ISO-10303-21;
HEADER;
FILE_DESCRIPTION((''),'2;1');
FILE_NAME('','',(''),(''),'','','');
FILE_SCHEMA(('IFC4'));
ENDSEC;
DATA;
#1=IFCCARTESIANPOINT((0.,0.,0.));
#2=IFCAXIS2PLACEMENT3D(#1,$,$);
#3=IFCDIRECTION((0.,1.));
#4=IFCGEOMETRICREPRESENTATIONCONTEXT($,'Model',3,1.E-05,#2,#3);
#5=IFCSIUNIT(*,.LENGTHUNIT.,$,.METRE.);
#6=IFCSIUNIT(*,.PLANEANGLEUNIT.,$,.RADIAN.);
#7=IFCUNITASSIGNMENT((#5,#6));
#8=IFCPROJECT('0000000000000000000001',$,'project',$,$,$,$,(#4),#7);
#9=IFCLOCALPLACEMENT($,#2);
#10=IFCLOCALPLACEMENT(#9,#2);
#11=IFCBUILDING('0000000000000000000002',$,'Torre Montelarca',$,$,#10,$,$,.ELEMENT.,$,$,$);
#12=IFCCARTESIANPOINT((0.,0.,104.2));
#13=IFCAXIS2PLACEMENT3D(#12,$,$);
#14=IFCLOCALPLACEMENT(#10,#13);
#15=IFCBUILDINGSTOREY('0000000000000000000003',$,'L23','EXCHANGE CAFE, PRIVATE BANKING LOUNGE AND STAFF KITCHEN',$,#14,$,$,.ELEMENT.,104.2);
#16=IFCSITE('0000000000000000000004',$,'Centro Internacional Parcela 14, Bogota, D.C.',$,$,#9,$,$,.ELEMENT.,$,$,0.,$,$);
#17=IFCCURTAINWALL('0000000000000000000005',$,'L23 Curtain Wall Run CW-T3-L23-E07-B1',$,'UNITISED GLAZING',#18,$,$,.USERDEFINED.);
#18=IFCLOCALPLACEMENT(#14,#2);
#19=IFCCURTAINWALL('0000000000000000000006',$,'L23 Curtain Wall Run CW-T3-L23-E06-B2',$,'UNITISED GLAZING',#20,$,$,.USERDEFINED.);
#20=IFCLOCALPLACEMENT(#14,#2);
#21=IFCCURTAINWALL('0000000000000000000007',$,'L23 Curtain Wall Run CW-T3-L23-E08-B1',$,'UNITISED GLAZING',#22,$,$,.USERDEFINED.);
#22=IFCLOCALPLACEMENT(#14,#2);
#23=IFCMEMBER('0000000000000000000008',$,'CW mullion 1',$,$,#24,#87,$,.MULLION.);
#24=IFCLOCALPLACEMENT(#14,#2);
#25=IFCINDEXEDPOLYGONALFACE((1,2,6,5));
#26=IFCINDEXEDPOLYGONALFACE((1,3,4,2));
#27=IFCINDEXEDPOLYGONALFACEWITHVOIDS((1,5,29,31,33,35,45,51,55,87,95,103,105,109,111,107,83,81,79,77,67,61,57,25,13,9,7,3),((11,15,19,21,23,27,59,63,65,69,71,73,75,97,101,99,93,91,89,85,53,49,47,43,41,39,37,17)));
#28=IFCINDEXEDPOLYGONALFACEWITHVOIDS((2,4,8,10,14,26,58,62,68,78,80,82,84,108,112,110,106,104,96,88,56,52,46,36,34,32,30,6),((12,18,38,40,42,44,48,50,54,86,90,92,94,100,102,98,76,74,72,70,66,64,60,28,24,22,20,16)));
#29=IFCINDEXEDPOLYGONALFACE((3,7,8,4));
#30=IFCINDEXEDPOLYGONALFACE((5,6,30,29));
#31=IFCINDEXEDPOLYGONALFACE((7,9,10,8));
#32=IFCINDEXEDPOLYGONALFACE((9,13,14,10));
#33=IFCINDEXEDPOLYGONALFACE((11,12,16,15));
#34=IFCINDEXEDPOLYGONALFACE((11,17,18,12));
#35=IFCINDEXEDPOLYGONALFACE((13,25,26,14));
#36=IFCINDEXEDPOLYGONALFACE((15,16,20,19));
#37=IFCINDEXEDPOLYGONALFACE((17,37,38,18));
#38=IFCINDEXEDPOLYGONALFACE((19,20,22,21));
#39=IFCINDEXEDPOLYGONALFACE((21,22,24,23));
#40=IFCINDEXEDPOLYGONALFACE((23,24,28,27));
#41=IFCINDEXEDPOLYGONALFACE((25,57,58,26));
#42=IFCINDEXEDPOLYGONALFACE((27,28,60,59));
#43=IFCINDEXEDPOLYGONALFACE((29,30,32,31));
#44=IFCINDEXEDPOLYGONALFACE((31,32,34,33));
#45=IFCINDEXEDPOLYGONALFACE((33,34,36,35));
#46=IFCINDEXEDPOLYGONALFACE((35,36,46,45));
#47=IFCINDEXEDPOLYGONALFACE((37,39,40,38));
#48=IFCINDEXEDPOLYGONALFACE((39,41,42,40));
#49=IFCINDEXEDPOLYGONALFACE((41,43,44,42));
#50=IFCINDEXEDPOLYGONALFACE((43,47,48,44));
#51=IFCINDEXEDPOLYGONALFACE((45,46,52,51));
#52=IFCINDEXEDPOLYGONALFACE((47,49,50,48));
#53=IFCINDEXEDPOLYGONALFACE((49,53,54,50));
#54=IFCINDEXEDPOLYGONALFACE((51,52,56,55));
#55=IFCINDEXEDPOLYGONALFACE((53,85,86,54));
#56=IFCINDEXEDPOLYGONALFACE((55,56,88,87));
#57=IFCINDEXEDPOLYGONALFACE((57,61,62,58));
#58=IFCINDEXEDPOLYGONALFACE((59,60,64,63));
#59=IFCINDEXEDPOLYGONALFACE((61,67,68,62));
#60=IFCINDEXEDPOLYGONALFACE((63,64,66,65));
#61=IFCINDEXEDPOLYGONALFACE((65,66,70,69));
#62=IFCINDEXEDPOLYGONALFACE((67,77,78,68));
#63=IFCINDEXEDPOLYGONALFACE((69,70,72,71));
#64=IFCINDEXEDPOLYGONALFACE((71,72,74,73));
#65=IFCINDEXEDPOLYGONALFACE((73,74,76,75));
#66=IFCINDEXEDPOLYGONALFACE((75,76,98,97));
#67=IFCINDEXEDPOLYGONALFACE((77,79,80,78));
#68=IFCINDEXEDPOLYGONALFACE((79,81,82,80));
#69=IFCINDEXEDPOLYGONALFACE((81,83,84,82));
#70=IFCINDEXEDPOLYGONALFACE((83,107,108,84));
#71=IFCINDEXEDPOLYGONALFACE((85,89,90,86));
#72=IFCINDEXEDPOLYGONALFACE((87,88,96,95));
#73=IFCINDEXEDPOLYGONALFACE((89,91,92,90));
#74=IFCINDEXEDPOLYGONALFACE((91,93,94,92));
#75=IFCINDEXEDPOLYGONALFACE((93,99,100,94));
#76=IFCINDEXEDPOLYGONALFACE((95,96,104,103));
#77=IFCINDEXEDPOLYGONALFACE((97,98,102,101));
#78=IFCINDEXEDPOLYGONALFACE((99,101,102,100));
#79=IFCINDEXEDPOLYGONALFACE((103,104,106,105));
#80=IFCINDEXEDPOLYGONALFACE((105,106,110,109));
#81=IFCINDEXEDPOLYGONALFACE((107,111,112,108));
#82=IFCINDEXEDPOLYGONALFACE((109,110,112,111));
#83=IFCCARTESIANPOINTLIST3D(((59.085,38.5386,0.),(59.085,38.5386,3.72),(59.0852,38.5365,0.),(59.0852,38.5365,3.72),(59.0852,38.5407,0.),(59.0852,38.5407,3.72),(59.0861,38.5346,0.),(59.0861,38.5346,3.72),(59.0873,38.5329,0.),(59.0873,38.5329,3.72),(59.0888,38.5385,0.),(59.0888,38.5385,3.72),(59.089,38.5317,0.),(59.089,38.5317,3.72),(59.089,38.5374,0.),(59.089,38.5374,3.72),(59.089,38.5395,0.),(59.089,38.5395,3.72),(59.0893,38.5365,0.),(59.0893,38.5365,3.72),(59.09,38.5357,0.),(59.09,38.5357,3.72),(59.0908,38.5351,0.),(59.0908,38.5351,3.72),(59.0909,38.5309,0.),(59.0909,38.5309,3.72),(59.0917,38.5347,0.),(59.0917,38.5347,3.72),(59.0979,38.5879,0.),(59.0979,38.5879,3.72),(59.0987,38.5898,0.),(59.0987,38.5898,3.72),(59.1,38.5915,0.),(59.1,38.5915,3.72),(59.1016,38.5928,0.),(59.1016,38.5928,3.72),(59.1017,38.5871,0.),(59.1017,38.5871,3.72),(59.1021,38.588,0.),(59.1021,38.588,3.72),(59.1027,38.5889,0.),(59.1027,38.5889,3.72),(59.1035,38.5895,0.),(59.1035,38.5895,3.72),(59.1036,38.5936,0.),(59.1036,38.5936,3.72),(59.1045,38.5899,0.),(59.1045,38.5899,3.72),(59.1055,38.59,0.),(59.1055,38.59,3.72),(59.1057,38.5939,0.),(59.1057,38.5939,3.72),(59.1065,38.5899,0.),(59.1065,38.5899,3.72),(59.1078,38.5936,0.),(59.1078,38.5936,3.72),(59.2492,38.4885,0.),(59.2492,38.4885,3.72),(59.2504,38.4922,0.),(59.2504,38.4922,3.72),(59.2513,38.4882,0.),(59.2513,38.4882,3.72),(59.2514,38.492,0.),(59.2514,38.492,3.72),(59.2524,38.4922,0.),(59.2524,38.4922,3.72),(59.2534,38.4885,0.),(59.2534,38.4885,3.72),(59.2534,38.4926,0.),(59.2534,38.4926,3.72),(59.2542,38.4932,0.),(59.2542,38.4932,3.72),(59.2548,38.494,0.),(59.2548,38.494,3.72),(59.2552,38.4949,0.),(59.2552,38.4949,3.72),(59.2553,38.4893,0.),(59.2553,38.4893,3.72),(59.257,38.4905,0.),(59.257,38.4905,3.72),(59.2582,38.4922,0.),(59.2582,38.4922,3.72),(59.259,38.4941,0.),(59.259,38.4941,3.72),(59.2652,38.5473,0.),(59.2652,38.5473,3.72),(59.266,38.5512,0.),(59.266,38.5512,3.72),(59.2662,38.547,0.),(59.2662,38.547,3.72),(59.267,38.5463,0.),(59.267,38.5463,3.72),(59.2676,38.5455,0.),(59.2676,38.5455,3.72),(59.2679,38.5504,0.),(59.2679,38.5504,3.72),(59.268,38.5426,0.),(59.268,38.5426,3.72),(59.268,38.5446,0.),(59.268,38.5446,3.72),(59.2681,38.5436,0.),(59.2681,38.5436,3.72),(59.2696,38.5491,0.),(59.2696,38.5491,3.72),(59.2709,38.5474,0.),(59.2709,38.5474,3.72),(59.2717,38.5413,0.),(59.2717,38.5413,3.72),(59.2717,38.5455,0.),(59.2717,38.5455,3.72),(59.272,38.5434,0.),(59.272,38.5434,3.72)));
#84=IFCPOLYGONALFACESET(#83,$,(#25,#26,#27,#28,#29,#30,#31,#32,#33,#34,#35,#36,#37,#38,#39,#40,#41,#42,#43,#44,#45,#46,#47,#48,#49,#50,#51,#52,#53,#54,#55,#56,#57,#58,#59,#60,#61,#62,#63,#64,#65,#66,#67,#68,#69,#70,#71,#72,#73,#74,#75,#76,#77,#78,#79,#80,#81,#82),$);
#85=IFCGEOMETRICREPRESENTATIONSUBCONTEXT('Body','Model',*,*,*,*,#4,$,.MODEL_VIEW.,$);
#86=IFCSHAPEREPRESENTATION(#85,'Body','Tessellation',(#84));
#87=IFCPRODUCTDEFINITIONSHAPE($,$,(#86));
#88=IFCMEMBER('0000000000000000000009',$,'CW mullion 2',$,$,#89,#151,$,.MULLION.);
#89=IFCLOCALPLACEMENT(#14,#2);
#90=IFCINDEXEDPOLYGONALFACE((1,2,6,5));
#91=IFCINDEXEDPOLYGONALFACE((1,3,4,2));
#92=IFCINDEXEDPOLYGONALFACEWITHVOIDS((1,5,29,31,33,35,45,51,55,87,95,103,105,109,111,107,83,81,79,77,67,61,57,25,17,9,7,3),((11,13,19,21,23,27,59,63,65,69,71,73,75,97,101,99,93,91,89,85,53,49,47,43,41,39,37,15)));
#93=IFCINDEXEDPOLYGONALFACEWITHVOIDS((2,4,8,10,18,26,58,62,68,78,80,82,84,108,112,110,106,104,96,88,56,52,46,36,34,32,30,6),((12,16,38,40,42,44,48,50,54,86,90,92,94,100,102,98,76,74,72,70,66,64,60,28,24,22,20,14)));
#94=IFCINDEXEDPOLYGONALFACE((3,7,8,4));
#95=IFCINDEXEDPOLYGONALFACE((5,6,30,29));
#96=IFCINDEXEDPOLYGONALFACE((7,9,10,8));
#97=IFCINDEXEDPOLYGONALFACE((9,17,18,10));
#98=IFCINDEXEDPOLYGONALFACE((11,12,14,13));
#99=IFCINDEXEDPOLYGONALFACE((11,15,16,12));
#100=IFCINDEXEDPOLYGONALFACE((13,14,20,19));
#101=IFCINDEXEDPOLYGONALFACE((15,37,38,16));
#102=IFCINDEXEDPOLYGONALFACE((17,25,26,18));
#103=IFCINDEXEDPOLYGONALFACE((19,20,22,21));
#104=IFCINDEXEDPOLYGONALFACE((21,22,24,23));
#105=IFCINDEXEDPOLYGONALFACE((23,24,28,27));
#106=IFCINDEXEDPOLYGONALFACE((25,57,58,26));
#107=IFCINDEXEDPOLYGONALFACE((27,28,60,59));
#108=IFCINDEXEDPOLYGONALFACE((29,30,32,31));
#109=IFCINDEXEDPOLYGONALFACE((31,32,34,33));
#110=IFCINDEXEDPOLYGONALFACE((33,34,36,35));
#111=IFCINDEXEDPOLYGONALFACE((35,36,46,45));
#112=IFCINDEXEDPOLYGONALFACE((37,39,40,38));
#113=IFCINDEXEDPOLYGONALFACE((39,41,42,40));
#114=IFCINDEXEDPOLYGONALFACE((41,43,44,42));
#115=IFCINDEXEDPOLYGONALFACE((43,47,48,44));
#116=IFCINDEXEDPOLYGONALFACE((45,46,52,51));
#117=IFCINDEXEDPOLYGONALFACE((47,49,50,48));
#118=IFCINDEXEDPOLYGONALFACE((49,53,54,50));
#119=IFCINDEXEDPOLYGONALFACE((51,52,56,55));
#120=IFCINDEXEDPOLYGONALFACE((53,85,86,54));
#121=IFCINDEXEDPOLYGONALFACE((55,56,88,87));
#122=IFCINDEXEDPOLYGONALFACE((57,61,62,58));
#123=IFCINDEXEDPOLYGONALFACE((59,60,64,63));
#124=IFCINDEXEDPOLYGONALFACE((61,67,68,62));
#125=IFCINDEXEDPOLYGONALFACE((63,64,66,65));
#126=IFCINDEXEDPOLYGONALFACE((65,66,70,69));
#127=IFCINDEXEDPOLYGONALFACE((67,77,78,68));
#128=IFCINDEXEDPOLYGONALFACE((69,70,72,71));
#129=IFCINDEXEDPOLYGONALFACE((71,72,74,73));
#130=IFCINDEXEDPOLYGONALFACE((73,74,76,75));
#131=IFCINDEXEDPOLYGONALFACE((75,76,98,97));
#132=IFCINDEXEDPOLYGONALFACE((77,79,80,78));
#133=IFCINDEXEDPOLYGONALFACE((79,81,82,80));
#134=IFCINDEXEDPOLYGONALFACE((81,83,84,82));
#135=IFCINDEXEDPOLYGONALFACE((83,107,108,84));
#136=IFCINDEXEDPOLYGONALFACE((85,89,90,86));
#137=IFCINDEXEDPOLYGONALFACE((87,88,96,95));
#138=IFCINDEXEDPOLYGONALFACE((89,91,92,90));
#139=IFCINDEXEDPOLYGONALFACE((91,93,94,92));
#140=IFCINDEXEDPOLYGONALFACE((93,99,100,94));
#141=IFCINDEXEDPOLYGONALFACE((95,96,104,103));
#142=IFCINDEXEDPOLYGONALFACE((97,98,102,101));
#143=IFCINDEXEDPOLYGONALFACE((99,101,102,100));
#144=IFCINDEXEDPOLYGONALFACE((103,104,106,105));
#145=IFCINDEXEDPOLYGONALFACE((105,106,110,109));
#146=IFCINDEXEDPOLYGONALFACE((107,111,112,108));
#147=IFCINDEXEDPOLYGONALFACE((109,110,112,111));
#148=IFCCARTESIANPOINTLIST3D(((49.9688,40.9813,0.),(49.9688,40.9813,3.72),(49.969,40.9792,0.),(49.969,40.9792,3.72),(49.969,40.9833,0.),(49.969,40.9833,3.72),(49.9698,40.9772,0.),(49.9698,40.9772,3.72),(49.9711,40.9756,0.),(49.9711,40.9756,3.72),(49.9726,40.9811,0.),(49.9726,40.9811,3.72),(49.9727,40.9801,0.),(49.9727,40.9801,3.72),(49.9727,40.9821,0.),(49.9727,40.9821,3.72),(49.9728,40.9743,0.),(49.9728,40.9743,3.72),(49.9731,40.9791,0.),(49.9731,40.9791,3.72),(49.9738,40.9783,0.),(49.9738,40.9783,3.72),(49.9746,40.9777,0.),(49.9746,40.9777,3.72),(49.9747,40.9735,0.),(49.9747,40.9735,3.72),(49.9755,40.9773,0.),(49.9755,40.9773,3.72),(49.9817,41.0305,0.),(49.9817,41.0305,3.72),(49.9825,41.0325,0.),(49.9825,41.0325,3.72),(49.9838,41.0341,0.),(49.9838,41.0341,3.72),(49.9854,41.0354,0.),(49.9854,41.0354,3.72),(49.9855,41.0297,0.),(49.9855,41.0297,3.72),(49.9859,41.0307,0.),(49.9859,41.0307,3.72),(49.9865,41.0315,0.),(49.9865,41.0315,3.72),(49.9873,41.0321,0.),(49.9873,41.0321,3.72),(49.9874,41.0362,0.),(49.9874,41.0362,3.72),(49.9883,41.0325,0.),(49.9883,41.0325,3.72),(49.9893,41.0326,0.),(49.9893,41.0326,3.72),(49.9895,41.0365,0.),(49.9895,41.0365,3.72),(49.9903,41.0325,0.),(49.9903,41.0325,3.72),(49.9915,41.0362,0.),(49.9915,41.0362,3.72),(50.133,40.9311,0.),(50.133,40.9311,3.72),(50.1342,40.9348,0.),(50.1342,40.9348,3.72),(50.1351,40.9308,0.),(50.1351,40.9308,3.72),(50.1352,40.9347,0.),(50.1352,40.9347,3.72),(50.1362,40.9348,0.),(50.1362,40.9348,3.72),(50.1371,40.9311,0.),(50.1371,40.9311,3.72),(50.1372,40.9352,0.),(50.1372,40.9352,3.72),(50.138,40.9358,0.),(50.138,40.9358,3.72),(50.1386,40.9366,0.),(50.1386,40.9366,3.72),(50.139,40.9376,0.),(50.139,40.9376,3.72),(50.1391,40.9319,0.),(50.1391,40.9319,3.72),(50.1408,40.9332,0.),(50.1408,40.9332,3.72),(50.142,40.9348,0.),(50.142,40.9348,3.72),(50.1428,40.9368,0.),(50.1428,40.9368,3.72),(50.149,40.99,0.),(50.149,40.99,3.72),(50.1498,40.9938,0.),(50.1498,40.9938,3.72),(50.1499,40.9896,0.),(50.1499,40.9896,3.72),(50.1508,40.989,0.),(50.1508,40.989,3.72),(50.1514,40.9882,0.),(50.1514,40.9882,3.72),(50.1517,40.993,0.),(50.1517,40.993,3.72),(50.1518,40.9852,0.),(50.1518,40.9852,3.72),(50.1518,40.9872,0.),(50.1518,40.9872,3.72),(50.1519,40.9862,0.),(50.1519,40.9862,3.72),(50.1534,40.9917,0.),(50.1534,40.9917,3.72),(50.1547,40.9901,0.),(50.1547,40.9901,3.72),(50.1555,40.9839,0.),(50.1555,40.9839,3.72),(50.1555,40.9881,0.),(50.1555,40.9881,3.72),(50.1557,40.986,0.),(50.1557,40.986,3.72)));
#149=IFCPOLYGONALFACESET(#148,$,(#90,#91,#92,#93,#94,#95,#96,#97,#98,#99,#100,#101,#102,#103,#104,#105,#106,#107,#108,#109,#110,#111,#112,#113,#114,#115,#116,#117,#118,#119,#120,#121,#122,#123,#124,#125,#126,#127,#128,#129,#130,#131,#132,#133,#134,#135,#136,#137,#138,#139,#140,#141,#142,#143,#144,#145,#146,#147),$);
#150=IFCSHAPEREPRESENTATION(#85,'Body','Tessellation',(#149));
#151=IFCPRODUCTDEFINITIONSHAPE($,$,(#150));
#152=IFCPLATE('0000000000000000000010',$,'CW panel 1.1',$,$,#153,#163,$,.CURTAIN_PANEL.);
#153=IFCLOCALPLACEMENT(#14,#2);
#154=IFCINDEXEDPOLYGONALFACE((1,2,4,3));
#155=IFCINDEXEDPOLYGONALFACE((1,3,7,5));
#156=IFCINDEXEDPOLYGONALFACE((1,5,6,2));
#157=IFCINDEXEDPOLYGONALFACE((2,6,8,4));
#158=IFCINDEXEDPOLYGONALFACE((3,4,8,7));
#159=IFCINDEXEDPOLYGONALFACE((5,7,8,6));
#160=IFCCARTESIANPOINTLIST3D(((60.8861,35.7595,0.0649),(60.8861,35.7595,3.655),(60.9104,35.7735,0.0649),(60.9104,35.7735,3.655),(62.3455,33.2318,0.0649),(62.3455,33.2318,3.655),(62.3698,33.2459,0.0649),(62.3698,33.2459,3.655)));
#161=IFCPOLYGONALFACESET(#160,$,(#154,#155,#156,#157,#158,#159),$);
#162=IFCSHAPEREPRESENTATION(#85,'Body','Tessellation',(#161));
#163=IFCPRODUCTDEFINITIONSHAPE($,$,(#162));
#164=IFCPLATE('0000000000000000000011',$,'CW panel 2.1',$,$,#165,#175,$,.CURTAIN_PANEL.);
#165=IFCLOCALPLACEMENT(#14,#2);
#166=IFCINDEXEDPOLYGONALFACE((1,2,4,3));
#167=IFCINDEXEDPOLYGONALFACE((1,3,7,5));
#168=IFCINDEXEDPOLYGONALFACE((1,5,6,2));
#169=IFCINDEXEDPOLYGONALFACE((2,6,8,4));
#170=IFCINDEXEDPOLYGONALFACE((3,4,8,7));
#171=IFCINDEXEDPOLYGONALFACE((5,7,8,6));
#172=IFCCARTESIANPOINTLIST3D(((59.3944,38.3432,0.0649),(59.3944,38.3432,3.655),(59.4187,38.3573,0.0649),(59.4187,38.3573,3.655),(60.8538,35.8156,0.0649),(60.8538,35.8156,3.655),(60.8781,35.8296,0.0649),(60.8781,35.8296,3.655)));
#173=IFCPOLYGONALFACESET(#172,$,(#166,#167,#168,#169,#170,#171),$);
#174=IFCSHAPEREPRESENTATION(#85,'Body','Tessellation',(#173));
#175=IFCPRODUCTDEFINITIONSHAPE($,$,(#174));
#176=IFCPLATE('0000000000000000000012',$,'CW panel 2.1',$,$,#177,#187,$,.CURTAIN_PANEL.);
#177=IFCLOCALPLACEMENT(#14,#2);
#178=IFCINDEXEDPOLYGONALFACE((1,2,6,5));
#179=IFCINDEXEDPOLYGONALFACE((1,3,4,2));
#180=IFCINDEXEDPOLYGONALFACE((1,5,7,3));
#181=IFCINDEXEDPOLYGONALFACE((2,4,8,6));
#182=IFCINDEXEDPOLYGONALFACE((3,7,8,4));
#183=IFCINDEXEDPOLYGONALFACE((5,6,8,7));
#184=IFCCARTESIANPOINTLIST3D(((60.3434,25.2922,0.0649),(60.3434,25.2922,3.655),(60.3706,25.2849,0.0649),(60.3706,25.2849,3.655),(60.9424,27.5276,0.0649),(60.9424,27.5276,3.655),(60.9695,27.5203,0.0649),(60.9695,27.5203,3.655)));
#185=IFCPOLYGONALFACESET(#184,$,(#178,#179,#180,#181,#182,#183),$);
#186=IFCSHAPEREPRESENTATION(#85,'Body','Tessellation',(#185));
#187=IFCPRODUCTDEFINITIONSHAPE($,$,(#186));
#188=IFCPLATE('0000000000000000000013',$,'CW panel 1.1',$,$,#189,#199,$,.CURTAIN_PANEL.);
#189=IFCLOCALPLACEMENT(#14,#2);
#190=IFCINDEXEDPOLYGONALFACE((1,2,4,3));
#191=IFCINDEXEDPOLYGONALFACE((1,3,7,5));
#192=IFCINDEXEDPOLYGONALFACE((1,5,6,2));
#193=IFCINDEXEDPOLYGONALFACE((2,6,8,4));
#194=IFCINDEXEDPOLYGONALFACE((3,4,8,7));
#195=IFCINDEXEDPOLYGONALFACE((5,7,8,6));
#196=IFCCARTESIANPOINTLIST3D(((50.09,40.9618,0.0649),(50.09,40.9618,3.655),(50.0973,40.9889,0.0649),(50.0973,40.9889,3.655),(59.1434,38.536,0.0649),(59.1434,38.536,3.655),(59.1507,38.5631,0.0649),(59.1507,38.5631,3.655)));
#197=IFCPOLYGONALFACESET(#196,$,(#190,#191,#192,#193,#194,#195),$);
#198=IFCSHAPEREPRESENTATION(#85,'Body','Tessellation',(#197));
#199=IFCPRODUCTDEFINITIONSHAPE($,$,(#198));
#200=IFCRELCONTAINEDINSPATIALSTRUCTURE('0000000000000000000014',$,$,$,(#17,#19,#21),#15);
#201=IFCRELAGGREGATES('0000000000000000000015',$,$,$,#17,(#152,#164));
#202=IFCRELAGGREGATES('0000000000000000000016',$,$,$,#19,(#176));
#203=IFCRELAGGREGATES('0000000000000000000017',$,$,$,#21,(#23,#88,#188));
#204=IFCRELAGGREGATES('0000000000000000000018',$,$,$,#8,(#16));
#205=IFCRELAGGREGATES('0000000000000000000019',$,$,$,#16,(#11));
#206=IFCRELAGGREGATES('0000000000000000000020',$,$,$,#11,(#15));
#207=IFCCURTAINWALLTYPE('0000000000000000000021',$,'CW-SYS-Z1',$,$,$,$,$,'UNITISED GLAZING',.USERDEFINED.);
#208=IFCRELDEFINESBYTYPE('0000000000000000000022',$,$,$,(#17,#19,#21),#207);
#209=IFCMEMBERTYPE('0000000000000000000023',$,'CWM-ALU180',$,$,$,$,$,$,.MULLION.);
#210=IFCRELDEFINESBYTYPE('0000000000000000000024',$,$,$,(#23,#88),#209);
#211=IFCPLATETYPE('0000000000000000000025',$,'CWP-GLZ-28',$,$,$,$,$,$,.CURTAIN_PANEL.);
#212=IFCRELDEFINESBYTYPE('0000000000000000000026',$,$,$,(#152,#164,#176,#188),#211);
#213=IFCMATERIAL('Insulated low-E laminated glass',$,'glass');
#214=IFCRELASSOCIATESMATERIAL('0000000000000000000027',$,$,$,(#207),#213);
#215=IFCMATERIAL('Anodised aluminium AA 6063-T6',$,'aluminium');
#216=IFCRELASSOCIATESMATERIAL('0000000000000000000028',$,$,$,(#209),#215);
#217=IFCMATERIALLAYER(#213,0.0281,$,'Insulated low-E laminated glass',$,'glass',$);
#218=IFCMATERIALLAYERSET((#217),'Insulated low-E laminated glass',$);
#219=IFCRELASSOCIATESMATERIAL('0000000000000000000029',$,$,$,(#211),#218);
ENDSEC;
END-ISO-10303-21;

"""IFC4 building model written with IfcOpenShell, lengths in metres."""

from ifc_helpers import new_model, si_unit, direction, frame, origin, origin_2d, place, context, subcontext, project, spatial, rectangle, hollow_rectangle, extrude, source, transform, mapped, material, layer, layer_set, material_profile, profile_set, type_object, element, aggregate, save


model = new_model("IFC4")

# Units and contexts
model_context = context("Model", 3, precision=1e-05, world=origin(), true_north=direction((0.0, 1.0)))
body_context = subcontext(model_context, "Body", "Model", "MODEL_VIEW")
ifc_project = project(units=[si_unit("LENGTHUNIT", "METRE"), si_unit("PLANEANGLEUNIT", "RADIAN")], contexts=[model_context])

# Site, building, storey
site_placement = place(None, origin())
site = spatial("IfcSite", under=ifc_project, at=site_placement, Name="Centro Internacional Parcela 14, Bogota, D.C.", CompositionType="ELEMENT", RefElevation=0.0)
building_placement = place(site_placement, origin())
building = spatial("IfcBuilding", under=site, at=building_placement, Name="Torre Montelarca", CompositionType="ELEMENT")
storey_placement = place(building_placement, frame((0.0, 0.0, 104.2)))
storey = spatial("IfcBuildingStorey", under=building, at=storey_placement, Name="L23", Description="EXCHANGE CAFE, PRIVATE BANKING LOUNGE AND STAFF KITCHEN", CompositionType="ELEMENT", Elevation=104.2)

# Curtain walls
ifc_material_1 = material(Name="Insulated low-E laminated glass", Category="glass")
curtain_wall_type = type_object("IfcCurtainWallType", Name="CW-SYS-Z1", ElementType="UNITISED GLAZING", PredefinedType="USERDEFINED", material=ifc_material_1)
curtain_wall_1_placement = place(storey_placement, origin())
curtain_wall_1 = element("IfcCurtainWall", 1, at=curtain_wall_1_placement, inside=storey, type_object=curtain_wall_type, Name="L23 Curtain Wall Run CW-T3-L23-E07-B1", ObjectType="UNITISED GLAZING", PredefinedType="USERDEFINED")
ifc_material_2 = material(Name="Anodised aluminium AA 6063-T6", Category="aluminium")
curtain_wall_2_placement = place(storey_placement, origin())
curtain_wall_2 = element("IfcCurtainWall", 2, at=curtain_wall_2_placement, inside=storey, type_object=curtain_wall_type, Name="L23 Curtain Wall Run CW-T3-L23-E06-B2", ObjectType="UNITISED GLAZING", PredefinedType="USERDEFINED")
curtain_wall_3_placement = place(storey_placement, origin())
curtain_wall_3 = element("IfcCurtainWall", 3, at=curtain_wall_3_placement, inside=storey, type_object=curtain_wall_type, Name="L23 Curtain Wall Run CW-T3-L23-E08-B1", ObjectType="UNITISED GLAZING", PredefinedType="USERDEFINED")

# Members
ifc_material_profile_1 = material_profile(ifc_material_2, hollow_rectangle(XDim=0.0649, YDim=0.1799, WallThickness=0.0039, InnerFilletRadius=0.0039, OuterFilletRadius=0.0081, at=origin_2d()), Name="ALU65X180X4", Category="aluminium")
ifc_profile_set_1 = profile_set([ifc_material_profile_1], Name="Anodised aluminium AA 6063-T6")
member_type_1 = type_object("IfcMemberType", Name="CWM-ALU180", PredefinedType="MULLION", material=ifc_profile_set_1)
shared_shape_1 = source(origin(), body_context, "Body", "SweptSolid", [
    extrude(hollow_rectangle(XDim=0.0649, YDim=0.1799, WallThickness=0.0039, InnerFilletRadius=0.0039, OuterFilletRadius=0.0081, at=origin_2d()), origin(), (0.0, 0.0, 1.0), 3.72),
])
member_1_placement = place(storey_placement, frame((59.1785, 38.541, 0.0), z_axis=(0.0, 0.0, 1.0), x_axis=(-0.25882, -0.965926, 0.0)))
member_1 = element("IfcMember", 4, at=member_1_placement, type_object=member_type_1, Name="CW mullion 1", PredefinedType="MULLION", context=body_context, shape_type="MappedRepresentation", body=[
    mapped(shared_shape_1, transform((0.0, 0.0, 0.0), scale=1.0)),
])
member_2_placement = place(storey_placement, frame((50.0623, 40.9836, 0.0), z_axis=(0.0, 0.0, 1.0), x_axis=(-0.25882, -0.965926, 0.0)))
member_2 = element("IfcMember", 5, at=member_2_placement, type_object=member_type_1, Name="CW mullion 2", PredefinedType="MULLION", context=body_context, shape_type="MappedRepresentation", body=[
    mapped(shared_shape_1, transform((0.0, 0.0, 0.0), scale=1.0)),
])

# Plates
ifc_layer_1 = layer(ifc_material_1, 0.0281, Name="Insulated low-E laminated glass", Category="glass")
ifc_layer_set_1 = layer_set([ifc_layer_1], Name="Insulated low-E laminated glass")
plate_type = type_object("IfcPlateType", Name="CWP-GLZ-28", PredefinedType="CURTAIN_PANEL", material=ifc_layer_set_1)
shared_shape_2 = source(origin(), body_context, "Body", "SweptSolid", [
    extrude(rectangle(XDim=2.9187, YDim=0.0281, at=origin_2d()), origin(), (0.0, 0.0, 1.0), 3.5901),
])
plate_1_placement = place(storey_placement, frame((61.6279, 34.5027, 0.0649), z_axis=(0.0, 0.0, 1.0), x_axis=(-0.500008, 0.866021, 0.0)))
plate_1 = element("IfcPlate", 6, at=plate_1_placement, type_object=plate_type, Name="CW panel 1.1", PredefinedType="CURTAIN_PANEL", context=body_context, shape_type="MappedRepresentation", body=[
    mapped(shared_shape_2, transform((0.0, 0.0, 0.0), scale=1.0)),
])
plate_2_placement = place(storey_placement, frame((60.1362, 37.0864, 0.0649), z_axis=(0.0, 0.0, 1.0), x_axis=(-0.500008, 0.866021, 0.0)))
plate_2 = element("IfcPlate", 7, at=plate_2_placement, type_object=plate_type, Name="CW panel 2.1", PredefinedType="CURTAIN_PANEL", context=body_context, shape_type="MappedRepresentation", body=[
    mapped(shared_shape_2, transform((0.0, 0.0, 0.0), scale=1.0)),
])
aggregate(curtain_wall_1, [plate_1, plate_2])
shared_shape_3 = source(origin(), body_context, "Body", "SweptSolid", [
    extrude(rectangle(XDim=2.3142, YDim=0.0281, at=origin_2d()), origin(), (0.0, 0.0, 1.0), 3.5901),
])
plate_3_placement = place(storey_placement, frame((60.6565, 26.4062, 0.0649), z_axis=(0.0, 0.0, 1.0), x_axis=(0.258829, 0.965923, 0.0)))
plate_3 = element("IfcPlate", 8, at=plate_3_placement, type_object=plate_type, Name="CW panel 2.1", PredefinedType="CURTAIN_PANEL", context=body_context, shape_type="MappedRepresentation", body=[
    mapped(shared_shape_3, transform((0.0, 0.0, 0.0), scale=1.0)),
])
aggregate(curtain_wall_2, [plate_3])
shared_shape_4 = source(origin(), body_context, "Body", "SweptSolid", [
    extrude(rectangle(XDim=9.3728, YDim=0.0281, at=origin_2d()), origin(), (0.0, 0.0, 1.0), 3.5901),
])
plate_4_placement = place(storey_placement, frame((54.6204, 39.7625, 0.0649), z_axis=(0.0, 0.0, 1.0), x_axis=(-0.965926, 0.25882, 0.0)))
plate_4 = element("IfcPlate", 9, at=plate_4_placement, type_object=plate_type, Name="CW panel 1.1", PredefinedType="CURTAIN_PANEL", context=body_context, shape_type="MappedRepresentation", body=[
    mapped(shared_shape_4, transform((0.0, 0.0, 0.0), scale=1.0)),
])
aggregate(curtain_wall_3, [member_1, member_2, plate_4])

save(model, "model.ifc")
